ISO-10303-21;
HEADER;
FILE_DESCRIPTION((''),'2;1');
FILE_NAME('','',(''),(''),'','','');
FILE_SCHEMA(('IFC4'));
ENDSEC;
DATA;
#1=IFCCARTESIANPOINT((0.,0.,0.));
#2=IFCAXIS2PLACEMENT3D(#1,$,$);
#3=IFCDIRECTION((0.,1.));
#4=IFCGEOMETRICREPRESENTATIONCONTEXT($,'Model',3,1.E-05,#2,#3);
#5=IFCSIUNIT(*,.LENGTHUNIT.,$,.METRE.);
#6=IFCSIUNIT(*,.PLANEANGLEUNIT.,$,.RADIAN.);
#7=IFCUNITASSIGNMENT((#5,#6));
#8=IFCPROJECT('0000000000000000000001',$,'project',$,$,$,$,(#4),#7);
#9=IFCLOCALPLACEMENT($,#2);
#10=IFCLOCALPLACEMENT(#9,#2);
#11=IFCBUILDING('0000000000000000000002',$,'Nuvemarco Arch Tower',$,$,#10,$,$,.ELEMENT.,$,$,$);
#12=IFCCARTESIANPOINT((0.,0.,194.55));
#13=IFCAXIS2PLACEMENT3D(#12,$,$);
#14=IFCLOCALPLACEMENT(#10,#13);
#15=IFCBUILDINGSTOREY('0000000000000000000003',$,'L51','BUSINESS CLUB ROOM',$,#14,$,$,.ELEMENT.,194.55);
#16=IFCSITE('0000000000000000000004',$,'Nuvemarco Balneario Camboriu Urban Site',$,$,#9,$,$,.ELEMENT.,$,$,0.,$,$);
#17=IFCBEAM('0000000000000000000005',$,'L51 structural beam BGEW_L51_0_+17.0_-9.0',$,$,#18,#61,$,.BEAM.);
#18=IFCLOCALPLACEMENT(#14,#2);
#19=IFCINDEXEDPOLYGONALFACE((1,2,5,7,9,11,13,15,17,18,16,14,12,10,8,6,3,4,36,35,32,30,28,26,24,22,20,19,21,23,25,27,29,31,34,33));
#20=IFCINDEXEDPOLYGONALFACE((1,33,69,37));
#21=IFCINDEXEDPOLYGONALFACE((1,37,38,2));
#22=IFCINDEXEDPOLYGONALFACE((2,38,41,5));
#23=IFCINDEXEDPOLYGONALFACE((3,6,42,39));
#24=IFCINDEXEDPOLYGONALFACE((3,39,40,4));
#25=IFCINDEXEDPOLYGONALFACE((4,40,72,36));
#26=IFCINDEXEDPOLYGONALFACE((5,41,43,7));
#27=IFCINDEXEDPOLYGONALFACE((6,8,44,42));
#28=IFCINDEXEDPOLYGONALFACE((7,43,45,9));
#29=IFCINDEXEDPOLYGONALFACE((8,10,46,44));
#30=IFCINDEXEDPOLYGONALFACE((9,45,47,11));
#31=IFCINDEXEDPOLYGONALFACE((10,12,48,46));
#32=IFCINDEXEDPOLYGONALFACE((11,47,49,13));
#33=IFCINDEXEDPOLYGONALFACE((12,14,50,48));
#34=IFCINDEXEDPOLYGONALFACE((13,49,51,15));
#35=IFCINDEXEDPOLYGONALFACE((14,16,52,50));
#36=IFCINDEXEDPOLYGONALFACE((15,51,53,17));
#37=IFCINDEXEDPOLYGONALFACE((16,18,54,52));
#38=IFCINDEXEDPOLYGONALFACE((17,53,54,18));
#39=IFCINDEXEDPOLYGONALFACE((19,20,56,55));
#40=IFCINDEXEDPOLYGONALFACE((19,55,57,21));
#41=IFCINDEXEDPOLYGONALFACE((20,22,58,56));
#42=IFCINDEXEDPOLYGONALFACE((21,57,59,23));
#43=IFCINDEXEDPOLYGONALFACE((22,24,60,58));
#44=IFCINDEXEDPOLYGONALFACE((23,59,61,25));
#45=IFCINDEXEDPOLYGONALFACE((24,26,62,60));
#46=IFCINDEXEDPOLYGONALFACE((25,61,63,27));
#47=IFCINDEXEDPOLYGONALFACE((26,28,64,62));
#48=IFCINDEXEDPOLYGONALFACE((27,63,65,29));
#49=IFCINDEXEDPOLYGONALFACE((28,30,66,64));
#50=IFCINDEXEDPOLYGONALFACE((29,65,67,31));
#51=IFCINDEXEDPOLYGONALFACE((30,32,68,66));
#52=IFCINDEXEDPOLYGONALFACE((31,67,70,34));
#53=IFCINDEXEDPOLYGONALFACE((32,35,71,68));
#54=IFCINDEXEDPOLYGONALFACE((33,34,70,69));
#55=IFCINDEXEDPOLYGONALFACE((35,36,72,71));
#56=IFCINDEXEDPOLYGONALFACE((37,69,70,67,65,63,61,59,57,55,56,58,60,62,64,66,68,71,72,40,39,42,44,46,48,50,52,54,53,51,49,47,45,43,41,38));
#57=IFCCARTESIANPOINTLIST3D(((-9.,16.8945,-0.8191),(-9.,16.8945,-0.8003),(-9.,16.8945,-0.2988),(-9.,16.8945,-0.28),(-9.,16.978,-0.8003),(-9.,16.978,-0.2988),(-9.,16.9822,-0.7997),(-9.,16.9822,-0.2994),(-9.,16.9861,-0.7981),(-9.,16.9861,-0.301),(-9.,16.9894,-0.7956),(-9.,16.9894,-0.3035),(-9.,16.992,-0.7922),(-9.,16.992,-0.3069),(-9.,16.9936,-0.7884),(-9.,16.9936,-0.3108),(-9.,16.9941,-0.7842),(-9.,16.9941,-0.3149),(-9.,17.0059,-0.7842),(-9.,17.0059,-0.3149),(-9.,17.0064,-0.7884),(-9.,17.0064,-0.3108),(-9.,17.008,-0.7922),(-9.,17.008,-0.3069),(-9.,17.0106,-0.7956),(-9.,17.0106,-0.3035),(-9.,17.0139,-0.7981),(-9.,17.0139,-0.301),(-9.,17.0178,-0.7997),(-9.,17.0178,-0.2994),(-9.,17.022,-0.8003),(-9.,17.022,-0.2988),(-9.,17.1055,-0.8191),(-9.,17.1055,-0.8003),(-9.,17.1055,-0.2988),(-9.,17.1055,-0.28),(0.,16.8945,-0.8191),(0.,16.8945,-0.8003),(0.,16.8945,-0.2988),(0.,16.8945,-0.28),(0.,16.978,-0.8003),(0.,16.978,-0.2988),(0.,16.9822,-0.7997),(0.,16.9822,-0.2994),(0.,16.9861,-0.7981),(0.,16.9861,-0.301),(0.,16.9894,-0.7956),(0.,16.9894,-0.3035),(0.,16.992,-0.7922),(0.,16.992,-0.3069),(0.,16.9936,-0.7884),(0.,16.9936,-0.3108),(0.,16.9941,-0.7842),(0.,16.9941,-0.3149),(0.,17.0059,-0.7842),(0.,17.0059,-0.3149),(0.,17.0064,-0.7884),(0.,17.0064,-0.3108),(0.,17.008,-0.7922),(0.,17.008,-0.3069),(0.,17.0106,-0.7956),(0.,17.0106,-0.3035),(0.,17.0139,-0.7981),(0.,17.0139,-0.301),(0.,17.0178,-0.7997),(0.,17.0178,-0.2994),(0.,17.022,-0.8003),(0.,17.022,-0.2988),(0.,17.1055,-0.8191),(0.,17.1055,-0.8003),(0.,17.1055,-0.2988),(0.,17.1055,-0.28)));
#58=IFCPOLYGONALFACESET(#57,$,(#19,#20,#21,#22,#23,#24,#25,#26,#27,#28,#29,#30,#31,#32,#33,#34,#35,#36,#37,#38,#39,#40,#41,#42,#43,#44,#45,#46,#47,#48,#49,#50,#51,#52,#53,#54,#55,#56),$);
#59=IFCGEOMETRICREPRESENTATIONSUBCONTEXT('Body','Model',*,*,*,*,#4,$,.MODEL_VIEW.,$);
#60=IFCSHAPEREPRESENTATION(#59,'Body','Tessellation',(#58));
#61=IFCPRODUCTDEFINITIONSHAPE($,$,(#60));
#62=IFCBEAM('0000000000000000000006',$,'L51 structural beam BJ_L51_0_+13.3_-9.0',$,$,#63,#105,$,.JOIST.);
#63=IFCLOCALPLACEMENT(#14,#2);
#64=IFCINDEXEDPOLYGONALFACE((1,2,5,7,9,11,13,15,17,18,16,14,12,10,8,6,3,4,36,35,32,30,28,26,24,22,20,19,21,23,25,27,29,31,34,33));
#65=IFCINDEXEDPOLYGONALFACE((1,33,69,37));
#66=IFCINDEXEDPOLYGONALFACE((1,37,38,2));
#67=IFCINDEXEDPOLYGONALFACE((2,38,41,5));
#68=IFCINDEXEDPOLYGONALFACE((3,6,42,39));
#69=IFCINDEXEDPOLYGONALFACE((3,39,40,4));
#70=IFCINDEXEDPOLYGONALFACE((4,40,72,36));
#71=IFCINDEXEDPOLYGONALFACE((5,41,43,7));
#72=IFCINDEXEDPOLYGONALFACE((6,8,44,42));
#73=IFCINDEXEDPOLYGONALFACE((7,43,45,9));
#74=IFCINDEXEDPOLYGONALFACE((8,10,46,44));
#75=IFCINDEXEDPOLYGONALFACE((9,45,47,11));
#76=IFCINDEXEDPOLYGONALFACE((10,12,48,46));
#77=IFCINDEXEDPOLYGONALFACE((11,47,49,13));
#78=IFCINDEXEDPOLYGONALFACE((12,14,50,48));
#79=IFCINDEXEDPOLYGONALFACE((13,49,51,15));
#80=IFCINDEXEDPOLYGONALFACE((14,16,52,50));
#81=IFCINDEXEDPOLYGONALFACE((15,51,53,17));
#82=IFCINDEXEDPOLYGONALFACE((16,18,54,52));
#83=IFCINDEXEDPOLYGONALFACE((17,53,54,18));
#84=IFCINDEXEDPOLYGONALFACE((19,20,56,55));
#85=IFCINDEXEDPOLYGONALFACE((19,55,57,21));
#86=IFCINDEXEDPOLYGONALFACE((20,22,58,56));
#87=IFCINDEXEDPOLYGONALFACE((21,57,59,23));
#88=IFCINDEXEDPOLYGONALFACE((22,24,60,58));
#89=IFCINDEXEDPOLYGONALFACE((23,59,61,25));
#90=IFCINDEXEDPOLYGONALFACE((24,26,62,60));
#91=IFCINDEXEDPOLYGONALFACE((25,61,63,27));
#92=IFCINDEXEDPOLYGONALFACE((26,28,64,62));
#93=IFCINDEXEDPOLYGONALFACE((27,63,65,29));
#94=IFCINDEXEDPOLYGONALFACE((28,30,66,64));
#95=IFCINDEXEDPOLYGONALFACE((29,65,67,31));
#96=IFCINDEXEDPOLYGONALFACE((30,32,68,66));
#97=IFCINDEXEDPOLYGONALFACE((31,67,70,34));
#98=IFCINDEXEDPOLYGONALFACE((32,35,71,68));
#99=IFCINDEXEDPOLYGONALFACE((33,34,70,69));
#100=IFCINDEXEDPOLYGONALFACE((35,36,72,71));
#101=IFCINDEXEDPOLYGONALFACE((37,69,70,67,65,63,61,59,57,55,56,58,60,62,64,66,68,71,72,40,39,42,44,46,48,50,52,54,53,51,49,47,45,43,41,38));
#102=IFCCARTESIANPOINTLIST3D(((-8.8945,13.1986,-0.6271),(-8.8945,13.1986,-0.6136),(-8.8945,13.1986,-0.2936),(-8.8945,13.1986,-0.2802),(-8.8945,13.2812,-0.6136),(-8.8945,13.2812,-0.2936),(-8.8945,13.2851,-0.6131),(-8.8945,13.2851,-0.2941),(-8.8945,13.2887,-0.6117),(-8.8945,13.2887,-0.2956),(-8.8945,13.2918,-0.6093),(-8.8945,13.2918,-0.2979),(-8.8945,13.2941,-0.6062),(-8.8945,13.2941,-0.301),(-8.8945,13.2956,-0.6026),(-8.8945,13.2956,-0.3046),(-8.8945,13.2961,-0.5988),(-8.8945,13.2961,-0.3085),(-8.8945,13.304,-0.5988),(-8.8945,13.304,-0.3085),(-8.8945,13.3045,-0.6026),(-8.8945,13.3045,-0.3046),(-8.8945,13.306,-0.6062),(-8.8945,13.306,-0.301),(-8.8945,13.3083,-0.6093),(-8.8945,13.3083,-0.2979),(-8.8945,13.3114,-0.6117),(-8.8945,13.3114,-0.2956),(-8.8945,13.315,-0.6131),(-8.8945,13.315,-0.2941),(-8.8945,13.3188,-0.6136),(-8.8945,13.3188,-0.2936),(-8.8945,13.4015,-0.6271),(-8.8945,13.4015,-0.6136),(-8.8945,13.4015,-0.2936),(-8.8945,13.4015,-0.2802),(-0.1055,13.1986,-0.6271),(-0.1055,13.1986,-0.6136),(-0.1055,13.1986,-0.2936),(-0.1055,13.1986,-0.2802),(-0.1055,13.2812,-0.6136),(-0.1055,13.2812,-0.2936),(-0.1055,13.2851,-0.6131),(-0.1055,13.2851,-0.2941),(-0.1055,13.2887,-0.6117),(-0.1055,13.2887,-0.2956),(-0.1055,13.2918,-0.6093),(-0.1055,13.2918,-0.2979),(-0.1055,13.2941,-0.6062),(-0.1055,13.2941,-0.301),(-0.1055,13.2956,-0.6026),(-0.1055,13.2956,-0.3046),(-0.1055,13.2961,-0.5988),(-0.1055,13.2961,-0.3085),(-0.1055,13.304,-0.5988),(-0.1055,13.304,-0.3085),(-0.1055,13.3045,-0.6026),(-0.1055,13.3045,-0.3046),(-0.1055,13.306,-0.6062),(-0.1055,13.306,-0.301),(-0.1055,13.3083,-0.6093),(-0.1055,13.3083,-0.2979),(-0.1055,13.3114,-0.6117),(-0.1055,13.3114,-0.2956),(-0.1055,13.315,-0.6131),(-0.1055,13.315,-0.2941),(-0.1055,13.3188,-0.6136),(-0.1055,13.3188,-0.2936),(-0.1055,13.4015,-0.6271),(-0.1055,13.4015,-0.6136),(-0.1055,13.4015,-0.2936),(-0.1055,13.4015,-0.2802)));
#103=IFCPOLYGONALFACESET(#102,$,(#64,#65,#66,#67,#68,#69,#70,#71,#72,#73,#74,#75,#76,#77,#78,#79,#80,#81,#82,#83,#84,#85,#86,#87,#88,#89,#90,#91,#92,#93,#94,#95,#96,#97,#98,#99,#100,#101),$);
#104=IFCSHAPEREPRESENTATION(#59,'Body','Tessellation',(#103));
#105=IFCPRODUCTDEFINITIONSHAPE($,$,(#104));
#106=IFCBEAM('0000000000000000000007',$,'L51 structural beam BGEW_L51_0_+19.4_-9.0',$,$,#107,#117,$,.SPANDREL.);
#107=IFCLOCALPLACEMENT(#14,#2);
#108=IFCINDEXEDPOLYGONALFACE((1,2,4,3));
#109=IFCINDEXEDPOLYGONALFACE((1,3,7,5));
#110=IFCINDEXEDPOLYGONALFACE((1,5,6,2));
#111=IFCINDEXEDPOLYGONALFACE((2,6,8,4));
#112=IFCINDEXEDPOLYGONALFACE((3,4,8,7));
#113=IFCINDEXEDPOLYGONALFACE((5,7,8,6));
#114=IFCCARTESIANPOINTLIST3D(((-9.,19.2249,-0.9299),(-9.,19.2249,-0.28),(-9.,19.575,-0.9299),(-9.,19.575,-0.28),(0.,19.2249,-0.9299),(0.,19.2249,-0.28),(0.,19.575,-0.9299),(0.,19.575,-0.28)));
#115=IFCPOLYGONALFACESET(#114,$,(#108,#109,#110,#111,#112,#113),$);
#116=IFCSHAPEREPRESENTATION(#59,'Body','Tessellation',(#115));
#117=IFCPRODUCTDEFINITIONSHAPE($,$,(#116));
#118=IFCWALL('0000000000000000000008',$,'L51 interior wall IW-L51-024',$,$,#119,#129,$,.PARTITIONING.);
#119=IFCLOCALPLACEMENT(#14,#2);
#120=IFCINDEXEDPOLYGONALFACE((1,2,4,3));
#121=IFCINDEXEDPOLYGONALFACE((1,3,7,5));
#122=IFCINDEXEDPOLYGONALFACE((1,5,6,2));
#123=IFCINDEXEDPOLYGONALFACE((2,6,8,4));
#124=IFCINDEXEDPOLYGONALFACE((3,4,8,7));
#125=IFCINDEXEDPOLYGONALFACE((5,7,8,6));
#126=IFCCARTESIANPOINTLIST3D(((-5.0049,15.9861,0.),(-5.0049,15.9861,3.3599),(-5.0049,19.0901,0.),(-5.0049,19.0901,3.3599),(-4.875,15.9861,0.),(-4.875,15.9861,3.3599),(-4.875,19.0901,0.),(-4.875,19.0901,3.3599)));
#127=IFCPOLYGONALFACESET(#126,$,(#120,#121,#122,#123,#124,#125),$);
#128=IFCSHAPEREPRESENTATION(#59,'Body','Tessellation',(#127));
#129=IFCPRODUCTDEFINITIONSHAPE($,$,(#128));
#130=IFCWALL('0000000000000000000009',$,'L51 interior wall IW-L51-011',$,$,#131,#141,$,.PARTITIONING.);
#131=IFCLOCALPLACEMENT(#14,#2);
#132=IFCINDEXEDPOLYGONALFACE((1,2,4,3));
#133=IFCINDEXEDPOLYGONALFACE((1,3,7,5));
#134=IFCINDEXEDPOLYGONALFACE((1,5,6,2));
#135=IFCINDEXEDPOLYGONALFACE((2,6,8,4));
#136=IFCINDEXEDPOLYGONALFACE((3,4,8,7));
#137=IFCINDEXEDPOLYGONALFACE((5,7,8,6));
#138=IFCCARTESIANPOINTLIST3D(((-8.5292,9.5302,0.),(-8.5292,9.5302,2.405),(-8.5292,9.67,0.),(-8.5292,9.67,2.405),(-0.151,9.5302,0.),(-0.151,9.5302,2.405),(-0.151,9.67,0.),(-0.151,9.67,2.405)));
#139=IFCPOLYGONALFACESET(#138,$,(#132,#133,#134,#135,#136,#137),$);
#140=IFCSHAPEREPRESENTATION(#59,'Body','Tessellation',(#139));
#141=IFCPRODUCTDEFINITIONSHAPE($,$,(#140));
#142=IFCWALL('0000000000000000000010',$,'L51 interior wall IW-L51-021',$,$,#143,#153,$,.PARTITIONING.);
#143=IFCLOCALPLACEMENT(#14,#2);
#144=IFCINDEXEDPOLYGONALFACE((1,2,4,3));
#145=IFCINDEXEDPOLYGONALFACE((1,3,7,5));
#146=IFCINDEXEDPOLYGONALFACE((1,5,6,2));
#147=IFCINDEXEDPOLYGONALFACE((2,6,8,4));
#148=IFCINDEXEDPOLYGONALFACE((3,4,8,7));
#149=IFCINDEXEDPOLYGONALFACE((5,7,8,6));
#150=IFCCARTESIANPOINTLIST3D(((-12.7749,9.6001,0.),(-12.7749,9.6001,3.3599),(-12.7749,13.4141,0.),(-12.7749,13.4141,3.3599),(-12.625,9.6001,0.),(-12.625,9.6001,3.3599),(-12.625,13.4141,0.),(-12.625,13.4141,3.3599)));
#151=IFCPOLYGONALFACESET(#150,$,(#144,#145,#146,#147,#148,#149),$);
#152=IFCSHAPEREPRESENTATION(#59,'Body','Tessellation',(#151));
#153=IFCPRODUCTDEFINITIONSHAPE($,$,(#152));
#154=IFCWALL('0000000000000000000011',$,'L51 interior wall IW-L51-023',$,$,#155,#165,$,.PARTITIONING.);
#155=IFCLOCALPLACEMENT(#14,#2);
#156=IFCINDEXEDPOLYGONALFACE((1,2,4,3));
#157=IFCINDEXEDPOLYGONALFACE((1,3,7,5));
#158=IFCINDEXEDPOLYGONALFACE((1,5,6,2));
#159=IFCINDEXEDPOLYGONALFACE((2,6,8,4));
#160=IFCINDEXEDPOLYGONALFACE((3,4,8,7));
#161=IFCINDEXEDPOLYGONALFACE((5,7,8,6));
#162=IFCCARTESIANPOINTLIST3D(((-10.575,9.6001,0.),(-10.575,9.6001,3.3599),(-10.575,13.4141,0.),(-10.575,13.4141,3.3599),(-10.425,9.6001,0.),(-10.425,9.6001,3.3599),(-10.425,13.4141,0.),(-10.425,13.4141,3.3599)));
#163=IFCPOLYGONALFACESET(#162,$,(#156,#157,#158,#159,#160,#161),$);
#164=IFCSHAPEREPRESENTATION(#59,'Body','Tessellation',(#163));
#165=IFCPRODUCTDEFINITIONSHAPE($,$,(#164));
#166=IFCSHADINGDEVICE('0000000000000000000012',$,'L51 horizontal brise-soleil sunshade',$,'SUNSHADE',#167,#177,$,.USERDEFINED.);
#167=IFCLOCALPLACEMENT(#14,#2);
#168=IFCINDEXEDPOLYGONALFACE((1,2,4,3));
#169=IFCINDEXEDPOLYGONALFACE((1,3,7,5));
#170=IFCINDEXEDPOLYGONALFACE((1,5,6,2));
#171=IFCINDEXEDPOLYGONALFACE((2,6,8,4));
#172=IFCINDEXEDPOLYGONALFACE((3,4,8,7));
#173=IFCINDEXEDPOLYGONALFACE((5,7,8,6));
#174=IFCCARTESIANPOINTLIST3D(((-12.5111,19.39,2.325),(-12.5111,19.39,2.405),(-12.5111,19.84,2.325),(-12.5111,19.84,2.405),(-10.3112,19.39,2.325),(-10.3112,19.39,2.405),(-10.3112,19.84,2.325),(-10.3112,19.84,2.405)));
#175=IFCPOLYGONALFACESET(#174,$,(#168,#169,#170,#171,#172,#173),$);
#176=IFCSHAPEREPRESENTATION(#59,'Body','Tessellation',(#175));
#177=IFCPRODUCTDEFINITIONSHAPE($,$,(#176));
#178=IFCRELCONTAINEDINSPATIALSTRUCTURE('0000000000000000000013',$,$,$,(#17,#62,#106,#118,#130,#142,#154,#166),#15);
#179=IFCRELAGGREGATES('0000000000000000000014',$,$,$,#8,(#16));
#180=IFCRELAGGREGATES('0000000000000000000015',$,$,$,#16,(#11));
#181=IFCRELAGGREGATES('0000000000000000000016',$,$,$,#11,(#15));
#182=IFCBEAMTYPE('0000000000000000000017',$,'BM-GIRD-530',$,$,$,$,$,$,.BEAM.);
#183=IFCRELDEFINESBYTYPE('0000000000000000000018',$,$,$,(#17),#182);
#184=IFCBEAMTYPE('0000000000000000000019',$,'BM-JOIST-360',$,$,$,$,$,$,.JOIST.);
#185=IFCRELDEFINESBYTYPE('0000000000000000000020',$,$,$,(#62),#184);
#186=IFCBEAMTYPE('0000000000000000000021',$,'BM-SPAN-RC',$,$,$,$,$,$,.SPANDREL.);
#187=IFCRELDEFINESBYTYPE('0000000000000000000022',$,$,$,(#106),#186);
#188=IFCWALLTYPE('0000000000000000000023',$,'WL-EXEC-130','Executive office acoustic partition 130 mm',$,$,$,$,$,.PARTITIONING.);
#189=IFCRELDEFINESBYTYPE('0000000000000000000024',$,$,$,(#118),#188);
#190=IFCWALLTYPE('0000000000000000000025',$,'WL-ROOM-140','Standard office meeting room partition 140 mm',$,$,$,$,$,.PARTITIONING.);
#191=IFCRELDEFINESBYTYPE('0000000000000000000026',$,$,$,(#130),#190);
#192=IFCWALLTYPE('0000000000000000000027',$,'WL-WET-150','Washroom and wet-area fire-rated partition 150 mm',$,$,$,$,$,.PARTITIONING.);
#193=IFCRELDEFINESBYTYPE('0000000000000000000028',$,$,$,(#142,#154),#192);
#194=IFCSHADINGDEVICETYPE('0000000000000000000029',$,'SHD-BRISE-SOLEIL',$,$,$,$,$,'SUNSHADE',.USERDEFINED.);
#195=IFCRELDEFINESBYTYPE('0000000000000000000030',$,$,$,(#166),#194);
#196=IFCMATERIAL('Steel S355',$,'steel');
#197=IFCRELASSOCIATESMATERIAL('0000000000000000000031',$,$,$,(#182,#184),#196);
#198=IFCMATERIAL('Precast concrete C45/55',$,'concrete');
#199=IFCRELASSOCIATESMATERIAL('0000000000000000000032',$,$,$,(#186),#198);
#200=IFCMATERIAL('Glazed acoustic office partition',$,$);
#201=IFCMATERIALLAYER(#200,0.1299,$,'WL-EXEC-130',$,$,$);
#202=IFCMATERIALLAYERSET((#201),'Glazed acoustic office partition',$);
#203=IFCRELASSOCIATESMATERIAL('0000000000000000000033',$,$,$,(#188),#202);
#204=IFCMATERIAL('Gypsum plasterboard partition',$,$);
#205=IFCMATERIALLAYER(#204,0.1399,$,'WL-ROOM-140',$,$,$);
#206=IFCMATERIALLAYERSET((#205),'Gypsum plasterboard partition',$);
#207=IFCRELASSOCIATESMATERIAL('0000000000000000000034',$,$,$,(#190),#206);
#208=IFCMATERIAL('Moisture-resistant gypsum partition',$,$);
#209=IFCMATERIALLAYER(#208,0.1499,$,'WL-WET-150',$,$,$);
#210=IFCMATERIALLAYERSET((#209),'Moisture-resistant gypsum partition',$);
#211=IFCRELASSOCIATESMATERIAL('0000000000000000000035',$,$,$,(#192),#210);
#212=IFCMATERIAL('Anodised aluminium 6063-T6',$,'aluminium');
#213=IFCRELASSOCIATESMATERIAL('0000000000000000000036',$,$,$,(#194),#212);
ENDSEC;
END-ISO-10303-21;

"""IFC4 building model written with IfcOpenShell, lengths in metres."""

from ifc_helpers import new_model, si_unit, direction, frame, frame_2d, origin, origin_2d, place, context, subcontext, project, spatial, rectangle, i_section, extrude, source, transform, mapped, material, layer, layer_set, material_profile, profile_set, type_object, type_shapes, element, save


model = new_model("IFC4")

# Units and contexts
model_context = context("Model", 3, precision=1e-05, world=origin(), true_north=direction((0.0, 1.0)))
body_context = subcontext(model_context, "Body", "Model", "MODEL_VIEW")
ifc_project = project(units=[si_unit("LENGTHUNIT", "METRE"), si_unit("PLANEANGLEUNIT", "RADIAN")], contexts=[model_context])

# Site, building, storey
site_placement = place(None, origin())
site = spatial("IfcSite", under=ifc_project, at=site_placement, Name="Nuvemarco Balneario Camboriu Urban Site", CompositionType="ELEMENT", RefElevation=0.0)
building_placement = place(site_placement, origin())
building = spatial("IfcBuilding", under=site, at=building_placement, Name="Nuvemarco Arch Tower", CompositionType="ELEMENT")
storey_placement = place(building_placement, frame((0.0, 0.0, 194.55)))
storey = spatial("IfcBuildingStorey", under=building, at=storey_placement, Name="L51", Description="BUSINESS CLUB ROOM", CompositionType="ELEMENT", Elevation=194.55)

# Shared definitions
ifc_material_1 = material(Name="Steel S355", Category="steel")

# Beams
ifc_material_profile_1 = material_profile(ifc_material_1, i_section(OverallWidth=0.2109, OverallDepth=0.5391, WebThickness=0.0117, FlangeThickness=0.0188, FilletRadius=0.0161, at=origin_2d()), Name="W530x109")
ifc_profile_set_1 = profile_set([ifc_material_profile_1], Name="Steel S355")
beam_type_1 = type_object("IfcBeamType", Name="BM-GIRD-530", PredefinedType="BEAM", material=ifc_profile_set_1)
beam_1_placement = place(storey_placement, frame((-9.0, 17.0, -0.5496), z_axis=(1.0, 0.0, 0.0), x_axis=(0.0, 1.0, 0.0)))
element("IfcBeam", 1, at=beam_1_placement, inside=storey, type_object=beam_type_1, Name="L51 structural beam BGEW_L51_0_+17.0_-9.0", PredefinedType="BEAM", context=body_context, shape_type="SweptSolid", body=[
    extrude(i_section(OverallWidth=0.2109, OverallDepth=0.5391, WebThickness=0.0117, FlangeThickness=0.0188, FilletRadius=0.0161, at=origin_2d()), origin(), (0.0, 0.0, 1.0), 9.0),
])
ifc_material_profile_2 = material_profile(ifc_material_1, i_section(OverallWidth=0.2029, OverallDepth=0.3469, WebThickness=0.0078, FlangeThickness=0.0134, FilletRadius=0.0149, at=origin_2d()), Name="W360x64")
ifc_profile_set_2 = profile_set([ifc_material_profile_2], Name="Steel S355")
beam_type_2 = type_object("IfcBeamType", Name="BM-JOIST-360", PredefinedType="JOIST", material=ifc_profile_set_2)
beam_2_placement = place(storey_placement, frame((-8.8945, 13.3, -0.4536), z_axis=(1.0, 0.0, 0.0), x_axis=(0.0, 1.0, 0.0)))
element("IfcBeam", 2, at=beam_2_placement, inside=storey, type_object=beam_type_2, Name="L51 structural beam BJ_L51_0_+13.3_-9.0", PredefinedType="JOIST", context=body_context, shape_type="SweptSolid", body=[
    extrude(i_section(OverallWidth=0.2029, OverallDepth=0.3469, WebThickness=0.0078, FlangeThickness=0.0134, FilletRadius=0.0149, at=origin_2d()), origin(), (0.0, 0.0, 1.0), 8.7891),
])
ifc_material_2 = material(Name="Precast concrete C45/55", Category="concrete")
ifc_material_profile_3 = material_profile(ifc_material_2, rectangle(XDim=0.3501, YDim=0.6499, at=origin_2d()), Name="PC-SP-350x650")
ifc_profile_set_3 = profile_set([ifc_material_profile_3], Name="Precast concrete C45/55")
beam_type_3 = type_object("IfcBeamType", Name="BM-SPAN-RC", PredefinedType="SPANDREL", material=ifc_profile_set_3)
beam_3_placement = place(storey_placement, frame((-9.0, 19.3999, -0.605), z_axis=(1.0, 0.0, 0.0), x_axis=(0.0, 1.0, 0.0)))
element("IfcBeam", 3, at=beam_3_placement, inside=storey, type_object=beam_type_3, Name="L51 structural beam BGEW_L51_0_+19.4_-9.0", PredefinedType="SPANDREL", context=body_context, shape_type="SweptSolid", body=[
    extrude(rectangle(XDim=0.3501, YDim=0.6499, at=origin_2d()), origin(), (0.0, 0.0, 1.0), 9.0),
])

# Walls
ifc_material_3 = material(Name="Glazed acoustic office partition")
ifc_layer_1 = layer(ifc_material_3, 0.1299, Name="WL-EXEC-130")
ifc_layer_set_1 = layer_set([ifc_layer_1], Name="Glazed acoustic office partition")
wall_type_1 = type_object("IfcWallType", Name="WL-EXEC-130", Description="Executive office acoustic partition 130 mm", PredefinedType="PARTITIONING", material=ifc_layer_set_1)
wall_1_placement = place(storey_placement, frame((-4.9399, 15.9861, 0.0), z_axis=(0.0, 0.0, 1.0), x_axis=(0.0, 1.0, 0.0)))
element("IfcWall", 4, at=wall_1_placement, inside=storey, type_object=wall_type_1, Name="L51 interior wall IW-L51-024", PredefinedType="PARTITIONING", context=body_context, shape_type="SweptSolid", body=[
    extrude(rectangle(XDim=3.104, YDim=0.1299, at=frame_2d((1.552, 0.0))), origin(), (0.0, 0.0, 1.0), 3.3599),
])
ifc_material_4 = material(Name="Gypsum plasterboard partition")
ifc_layer_2 = layer(ifc_material_4, 0.1399, Name="WL-ROOM-140")
ifc_layer_set_2 = layer_set([ifc_layer_2], Name="Gypsum plasterboard partition")
wall_type_2 = type_object("IfcWallType", Name="WL-ROOM-140", Description="Standard office meeting room partition 140 mm", PredefinedType="PARTITIONING", material=ifc_layer_set_2)
wall_2_placement = place(storey_placement, frame((-8.5291, 9.6001, 0.0), z_axis=(0.0, 0.0, 1.0), x_axis=(1.0, 0.0, 0.0)))
element("IfcWall", 5, at=wall_2_placement, inside=storey, type_object=wall_type_2, Name="L51 interior wall IW-L51-011", PredefinedType="PARTITIONING", context=body_context, shape_type="SweptSolid", body=[
    extrude(rectangle(XDim=8.3782, YDim=0.1399, at=frame_2d((4.189, 0.0))), origin(), (0.0, 0.0, 1.0), 2.405),
])
ifc_material_5 = material(Name="Moisture-resistant gypsum partition")
ifc_layer_3 = layer(ifc_material_5, 0.1499, Name="WL-WET-150")
ifc_layer_set_3 = layer_set([ifc_layer_3], Name="Moisture-resistant gypsum partition")
wall_type_3 = type_object("IfcWallType", Name="WL-WET-150", Description="Washroom and wet-area fire-rated partition 150 mm", PredefinedType="PARTITIONING", material=ifc_layer_set_3)
for number, where, z_axis, x_axis, name in (
    (6, (-12.7, 9.6001, 0.0), (0.0, 0.0, 1.0), (0.0, 1.0, 0.0), "L51 interior wall IW-L51-021"),
    (7, (-10.5, 9.6001, 0.0), (0.0, 0.0, 1.0), (0.0, 1.0, 0.0), "L51 interior wall IW-L51-023"),
):
    element("IfcWall", number, at=place(storey_placement, frame(where, z_axis=z_axis, x_axis=x_axis)), inside=storey, type_object=wall_type_3, Name=name, PredefinedType="PARTITIONING", context=body_context, shape_type="SweptSolid", body=[
        extrude(rectangle(XDim=3.814, YDim=0.1499, at=frame_2d((1.907, 0.0))), origin(), (0.0, 0.0, 1.0), 3.3599),
    ])

# Shading device
ifc_material_6 = material(Name="Anodised aluminium 6063-T6", Category="aluminium")
shading_device_type = type_object("IfcShadingDeviceType", Name="SHD-BRISE-SOLEIL", ElementType="SUNSHADE", PredefinedType="USERDEFINED", material=ifc_material_6)
shared_shape_1 = source(origin(), body_context, "Body", "SweptSolid", [
    extrude(rectangle(XDim=2.2, YDim=0.45, at=origin_2d()), origin(), (0.0, 0.0, 1.0), 0.0801),
])
type_shapes(shading_device_type, [shared_shape_1])
for number, where, z_axis, x_axis, name in (
    (8, (-11.4111, 19.615, 2.325), (0.0, 0.0, 1.0), (1.0, 0.0, 0.0), "L51 horizontal brise-soleil sunshade"),
):
    element("IfcShadingDevice", number, at=place(storey_placement, frame(where, z_axis=z_axis, x_axis=x_axis)), inside=storey, type_object=shading_device_type, Name=name, ObjectType="SUNSHADE", PredefinedType="USERDEFINED", context=body_context, shape_type="MappedRepresentation", body=[
        mapped(shared_shape_1, transform((0.0, 0.0, 0.0), scale=1.0)),
    ])

save(model, "model.ifc")
